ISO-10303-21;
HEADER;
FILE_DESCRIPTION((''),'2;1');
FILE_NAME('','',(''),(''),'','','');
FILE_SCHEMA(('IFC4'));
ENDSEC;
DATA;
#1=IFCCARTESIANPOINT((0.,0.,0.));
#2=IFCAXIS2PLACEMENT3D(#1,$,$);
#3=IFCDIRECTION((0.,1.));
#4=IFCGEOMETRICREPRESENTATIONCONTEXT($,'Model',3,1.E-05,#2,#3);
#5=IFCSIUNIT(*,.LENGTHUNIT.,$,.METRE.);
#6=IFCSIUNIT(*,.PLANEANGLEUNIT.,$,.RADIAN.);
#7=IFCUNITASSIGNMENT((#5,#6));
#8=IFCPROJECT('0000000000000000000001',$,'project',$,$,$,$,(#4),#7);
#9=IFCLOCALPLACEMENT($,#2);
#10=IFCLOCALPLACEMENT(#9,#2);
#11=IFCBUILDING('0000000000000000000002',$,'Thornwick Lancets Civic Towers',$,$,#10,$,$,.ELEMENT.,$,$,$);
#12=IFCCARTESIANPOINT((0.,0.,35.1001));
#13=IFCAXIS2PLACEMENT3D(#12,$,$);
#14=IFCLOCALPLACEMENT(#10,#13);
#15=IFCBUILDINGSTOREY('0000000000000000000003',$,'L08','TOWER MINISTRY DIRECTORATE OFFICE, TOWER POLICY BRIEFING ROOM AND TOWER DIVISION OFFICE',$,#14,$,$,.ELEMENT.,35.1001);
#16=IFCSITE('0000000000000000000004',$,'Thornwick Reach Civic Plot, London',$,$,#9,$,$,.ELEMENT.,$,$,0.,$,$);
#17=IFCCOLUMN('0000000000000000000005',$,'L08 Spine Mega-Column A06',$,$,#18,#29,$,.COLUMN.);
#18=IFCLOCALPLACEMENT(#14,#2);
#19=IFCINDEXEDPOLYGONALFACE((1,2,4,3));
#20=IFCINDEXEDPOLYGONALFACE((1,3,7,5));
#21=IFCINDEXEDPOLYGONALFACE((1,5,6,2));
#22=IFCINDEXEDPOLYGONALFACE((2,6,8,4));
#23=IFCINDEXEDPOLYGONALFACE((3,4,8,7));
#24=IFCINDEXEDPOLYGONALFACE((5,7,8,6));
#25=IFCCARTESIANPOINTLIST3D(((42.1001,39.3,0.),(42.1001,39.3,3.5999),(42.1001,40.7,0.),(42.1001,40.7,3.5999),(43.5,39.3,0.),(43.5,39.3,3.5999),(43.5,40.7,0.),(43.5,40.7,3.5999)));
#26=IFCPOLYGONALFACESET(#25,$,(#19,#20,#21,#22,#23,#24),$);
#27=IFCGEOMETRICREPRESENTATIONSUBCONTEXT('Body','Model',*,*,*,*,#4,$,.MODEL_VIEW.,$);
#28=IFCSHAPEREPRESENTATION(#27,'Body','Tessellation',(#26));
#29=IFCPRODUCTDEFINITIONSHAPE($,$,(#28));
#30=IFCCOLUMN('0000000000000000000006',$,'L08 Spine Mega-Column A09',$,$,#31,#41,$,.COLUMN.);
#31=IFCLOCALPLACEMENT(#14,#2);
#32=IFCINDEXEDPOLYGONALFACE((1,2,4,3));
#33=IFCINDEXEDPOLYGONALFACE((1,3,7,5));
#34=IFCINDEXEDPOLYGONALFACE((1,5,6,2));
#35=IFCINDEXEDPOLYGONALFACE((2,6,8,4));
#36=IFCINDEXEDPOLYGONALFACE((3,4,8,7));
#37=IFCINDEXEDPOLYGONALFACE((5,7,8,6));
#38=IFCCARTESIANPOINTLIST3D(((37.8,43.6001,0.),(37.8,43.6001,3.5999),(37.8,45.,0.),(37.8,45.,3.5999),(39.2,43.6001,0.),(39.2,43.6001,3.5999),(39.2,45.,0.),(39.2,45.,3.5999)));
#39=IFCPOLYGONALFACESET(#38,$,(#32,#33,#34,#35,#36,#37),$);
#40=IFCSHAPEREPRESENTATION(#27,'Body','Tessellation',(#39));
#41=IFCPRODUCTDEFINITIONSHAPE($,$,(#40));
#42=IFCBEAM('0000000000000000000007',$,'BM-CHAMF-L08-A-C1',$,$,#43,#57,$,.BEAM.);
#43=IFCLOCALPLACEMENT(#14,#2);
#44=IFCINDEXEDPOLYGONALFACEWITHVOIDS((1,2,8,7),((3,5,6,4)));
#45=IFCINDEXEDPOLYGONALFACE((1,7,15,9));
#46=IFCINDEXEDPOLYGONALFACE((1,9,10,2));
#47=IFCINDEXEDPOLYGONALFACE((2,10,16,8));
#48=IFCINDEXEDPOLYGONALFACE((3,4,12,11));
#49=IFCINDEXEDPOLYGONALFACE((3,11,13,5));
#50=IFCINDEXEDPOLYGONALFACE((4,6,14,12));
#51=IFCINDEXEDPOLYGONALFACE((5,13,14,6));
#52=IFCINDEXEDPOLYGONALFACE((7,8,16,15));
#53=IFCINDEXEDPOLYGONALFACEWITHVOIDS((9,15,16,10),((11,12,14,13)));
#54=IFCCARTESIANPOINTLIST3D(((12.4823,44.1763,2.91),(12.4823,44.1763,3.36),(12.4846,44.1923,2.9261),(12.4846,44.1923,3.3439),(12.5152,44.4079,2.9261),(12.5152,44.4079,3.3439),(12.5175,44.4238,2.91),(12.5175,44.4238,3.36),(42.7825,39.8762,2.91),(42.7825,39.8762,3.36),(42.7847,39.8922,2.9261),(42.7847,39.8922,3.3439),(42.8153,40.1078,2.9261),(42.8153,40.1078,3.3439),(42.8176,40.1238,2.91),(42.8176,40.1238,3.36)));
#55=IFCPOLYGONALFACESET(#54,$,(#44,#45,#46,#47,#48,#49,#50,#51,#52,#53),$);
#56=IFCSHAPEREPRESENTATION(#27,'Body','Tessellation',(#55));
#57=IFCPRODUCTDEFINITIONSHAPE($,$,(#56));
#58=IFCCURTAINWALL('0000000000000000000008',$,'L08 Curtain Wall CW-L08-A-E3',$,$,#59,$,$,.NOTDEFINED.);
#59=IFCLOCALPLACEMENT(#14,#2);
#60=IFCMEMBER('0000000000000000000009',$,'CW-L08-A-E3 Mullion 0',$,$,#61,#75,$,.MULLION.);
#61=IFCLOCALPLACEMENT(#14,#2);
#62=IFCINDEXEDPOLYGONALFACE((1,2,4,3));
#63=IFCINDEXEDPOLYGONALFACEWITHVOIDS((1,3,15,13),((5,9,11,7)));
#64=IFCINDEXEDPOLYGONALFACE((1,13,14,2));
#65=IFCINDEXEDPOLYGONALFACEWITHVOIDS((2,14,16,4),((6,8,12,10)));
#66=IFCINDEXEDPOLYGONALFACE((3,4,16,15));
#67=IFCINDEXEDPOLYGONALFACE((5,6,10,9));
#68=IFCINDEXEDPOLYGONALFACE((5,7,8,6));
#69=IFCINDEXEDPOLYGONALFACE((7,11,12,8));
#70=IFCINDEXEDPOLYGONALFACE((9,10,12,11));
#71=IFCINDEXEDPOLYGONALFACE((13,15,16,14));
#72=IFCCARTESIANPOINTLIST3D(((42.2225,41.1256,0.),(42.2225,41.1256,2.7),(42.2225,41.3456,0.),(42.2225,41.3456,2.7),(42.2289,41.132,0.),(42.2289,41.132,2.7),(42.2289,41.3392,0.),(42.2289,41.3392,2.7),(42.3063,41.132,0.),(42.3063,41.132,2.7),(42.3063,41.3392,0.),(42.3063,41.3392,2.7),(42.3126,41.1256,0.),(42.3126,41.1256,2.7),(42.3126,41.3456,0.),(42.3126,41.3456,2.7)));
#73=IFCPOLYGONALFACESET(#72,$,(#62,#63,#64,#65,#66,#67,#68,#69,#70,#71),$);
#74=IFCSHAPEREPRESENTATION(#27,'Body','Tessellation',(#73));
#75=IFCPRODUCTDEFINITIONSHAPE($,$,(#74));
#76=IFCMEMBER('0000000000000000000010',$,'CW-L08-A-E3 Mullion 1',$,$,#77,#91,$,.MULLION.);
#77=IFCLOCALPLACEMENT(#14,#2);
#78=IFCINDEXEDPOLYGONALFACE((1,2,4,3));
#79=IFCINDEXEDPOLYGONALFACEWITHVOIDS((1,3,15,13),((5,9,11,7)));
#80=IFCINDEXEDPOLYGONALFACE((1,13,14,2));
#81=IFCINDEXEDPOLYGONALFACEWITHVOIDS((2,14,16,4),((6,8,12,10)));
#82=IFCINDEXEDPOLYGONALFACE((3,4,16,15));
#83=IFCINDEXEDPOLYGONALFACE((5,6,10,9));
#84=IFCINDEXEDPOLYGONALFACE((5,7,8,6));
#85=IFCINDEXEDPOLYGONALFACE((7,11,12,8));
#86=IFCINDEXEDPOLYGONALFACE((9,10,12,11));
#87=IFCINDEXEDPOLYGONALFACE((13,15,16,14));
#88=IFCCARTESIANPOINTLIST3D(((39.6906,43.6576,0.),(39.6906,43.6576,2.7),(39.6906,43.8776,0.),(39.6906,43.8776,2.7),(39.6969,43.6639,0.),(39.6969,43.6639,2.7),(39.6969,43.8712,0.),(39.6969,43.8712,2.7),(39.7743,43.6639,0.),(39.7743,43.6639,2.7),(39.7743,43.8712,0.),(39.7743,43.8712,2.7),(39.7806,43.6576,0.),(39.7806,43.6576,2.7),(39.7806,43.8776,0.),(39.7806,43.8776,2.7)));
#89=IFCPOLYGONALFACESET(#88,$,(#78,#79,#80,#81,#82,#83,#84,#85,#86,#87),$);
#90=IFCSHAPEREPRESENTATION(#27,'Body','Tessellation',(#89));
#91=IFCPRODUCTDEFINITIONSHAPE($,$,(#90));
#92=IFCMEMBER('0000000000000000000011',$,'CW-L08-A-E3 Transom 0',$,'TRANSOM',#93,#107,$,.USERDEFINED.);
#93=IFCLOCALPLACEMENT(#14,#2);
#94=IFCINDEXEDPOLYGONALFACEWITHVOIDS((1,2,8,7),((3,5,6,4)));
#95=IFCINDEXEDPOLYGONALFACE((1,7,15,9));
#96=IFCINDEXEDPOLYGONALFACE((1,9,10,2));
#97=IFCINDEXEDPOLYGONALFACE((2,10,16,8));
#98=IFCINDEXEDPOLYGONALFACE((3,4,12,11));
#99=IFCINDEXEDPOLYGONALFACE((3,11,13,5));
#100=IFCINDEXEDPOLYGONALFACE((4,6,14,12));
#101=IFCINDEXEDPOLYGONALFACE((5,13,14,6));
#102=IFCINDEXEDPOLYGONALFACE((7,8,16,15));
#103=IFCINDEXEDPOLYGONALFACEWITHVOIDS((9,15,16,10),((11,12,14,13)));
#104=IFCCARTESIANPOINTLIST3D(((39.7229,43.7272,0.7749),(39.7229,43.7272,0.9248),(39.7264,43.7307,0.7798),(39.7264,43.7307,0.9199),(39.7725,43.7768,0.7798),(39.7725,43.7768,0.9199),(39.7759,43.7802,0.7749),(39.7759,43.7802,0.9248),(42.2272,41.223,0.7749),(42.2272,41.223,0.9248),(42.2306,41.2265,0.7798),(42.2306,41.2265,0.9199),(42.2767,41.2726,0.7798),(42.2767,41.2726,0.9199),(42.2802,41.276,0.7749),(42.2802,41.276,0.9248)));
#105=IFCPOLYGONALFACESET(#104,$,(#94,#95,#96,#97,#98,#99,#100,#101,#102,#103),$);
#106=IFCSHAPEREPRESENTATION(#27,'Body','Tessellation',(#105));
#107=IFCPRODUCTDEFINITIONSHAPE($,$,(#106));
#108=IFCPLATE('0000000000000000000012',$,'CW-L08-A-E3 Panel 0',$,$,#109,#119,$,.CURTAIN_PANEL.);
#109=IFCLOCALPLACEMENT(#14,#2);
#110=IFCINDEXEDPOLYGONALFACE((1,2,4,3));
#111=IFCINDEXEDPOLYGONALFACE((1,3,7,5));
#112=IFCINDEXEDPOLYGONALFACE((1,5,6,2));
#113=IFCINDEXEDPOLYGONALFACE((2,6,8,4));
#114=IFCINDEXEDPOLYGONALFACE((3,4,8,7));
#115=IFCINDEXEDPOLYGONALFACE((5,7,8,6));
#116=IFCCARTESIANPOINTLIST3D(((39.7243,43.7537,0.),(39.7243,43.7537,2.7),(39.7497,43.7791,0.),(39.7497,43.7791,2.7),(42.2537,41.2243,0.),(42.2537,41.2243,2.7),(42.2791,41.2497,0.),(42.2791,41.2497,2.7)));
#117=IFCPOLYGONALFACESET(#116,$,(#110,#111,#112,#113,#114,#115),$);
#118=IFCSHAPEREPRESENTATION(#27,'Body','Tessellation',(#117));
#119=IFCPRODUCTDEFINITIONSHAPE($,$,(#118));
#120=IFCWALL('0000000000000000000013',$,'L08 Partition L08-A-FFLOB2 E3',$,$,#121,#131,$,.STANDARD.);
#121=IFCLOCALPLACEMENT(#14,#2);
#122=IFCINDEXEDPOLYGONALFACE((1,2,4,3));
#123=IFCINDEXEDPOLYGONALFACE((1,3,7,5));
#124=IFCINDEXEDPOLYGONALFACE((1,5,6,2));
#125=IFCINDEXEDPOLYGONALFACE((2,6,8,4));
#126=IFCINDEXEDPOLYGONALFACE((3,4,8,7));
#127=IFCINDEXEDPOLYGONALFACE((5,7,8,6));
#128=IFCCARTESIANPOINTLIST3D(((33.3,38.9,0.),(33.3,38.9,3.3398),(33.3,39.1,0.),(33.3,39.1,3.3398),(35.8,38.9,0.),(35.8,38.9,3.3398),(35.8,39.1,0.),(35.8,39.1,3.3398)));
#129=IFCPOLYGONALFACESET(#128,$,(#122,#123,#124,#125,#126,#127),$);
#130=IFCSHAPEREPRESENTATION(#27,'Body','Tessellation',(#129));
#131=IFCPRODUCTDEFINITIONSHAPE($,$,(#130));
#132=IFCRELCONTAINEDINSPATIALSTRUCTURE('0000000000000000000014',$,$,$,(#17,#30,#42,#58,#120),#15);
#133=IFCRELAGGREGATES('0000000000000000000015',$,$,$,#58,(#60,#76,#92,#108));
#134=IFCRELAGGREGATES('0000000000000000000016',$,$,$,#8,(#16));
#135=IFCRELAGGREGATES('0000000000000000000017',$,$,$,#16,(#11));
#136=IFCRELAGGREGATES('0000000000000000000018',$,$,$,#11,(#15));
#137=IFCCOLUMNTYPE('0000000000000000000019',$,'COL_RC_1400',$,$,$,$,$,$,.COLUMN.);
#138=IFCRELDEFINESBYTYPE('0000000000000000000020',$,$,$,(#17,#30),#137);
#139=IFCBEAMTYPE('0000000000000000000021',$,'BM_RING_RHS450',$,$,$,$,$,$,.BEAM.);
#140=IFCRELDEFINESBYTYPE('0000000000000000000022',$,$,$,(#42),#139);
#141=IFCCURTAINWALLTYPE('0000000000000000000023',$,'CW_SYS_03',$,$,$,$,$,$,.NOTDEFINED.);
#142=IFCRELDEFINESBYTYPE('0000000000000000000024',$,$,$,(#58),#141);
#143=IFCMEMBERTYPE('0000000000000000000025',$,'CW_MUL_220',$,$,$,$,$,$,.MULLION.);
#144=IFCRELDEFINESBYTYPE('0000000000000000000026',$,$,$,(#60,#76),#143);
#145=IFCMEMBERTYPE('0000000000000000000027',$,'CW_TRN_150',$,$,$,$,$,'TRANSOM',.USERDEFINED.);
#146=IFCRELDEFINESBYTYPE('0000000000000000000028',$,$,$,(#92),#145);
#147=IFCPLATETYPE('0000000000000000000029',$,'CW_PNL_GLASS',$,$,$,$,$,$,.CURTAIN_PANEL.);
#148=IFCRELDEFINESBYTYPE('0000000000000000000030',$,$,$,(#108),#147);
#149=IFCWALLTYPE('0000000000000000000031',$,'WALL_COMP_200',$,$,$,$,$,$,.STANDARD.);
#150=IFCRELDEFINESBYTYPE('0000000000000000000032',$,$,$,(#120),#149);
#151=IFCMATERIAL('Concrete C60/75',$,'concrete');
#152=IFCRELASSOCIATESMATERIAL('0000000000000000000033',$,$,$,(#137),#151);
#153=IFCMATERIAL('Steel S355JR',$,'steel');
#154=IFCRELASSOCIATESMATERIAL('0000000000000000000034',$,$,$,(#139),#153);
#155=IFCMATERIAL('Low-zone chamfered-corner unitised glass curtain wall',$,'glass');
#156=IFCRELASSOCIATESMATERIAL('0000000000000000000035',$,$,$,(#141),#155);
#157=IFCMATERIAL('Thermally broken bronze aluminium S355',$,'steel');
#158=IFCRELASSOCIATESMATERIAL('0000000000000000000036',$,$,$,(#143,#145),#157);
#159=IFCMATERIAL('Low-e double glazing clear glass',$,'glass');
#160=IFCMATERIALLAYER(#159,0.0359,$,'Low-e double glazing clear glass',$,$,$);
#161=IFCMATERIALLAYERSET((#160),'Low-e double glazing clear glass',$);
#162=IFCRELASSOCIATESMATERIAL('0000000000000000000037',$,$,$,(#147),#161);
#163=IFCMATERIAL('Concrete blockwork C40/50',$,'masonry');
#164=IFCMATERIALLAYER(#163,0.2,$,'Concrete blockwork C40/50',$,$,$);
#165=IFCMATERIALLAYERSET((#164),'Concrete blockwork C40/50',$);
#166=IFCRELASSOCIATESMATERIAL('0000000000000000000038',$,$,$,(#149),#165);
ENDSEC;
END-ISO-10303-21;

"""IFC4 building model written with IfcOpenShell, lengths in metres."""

from ifc_helpers import new_model, si_unit, direction, frame, frame_2d, origin, origin_2d, place, context, subcontext, project, spatial, rectangle, hollow_rectangle, extrude, material, layer, layer_set, material_profile, profile_set, type_object, element, aggregate, save


model = new_model("IFC4")

# Units and contexts
model_context = context("Model", 3, precision=1e-05, world=origin(), true_north=direction((0.0, 1.0)))
body_context = subcontext(model_context, "Body", "Model", "MODEL_VIEW")
ifc_project = project(units=[si_unit("LENGTHUNIT", "METRE"), si_unit("PLANEANGLEUNIT", "RADIAN")], contexts=[model_context])

# Site, building, storey
site_placement = place(None, origin())
site = spatial("IfcSite", under=ifc_project, at=site_placement, Name="Thornwick Reach Civic Plot, London", CompositionType="ELEMENT", RefElevation=0.0)
building_placement = place(site_placement, origin())
building = spatial("IfcBuilding", under=site, at=building_placement, Name="Thornwick Lancets Civic Towers", CompositionType="ELEMENT")
storey_placement = place(building_placement, frame((0.0, 0.0, 35.1001)))
storey = spatial("IfcBuildingStorey", under=building, at=storey_placement, Name="L08", Description="TOWER MINISTRY DIRECTORATE OFFICE, TOWER POLICY BRIEFING ROOM AND TOWER DIVISION OFFICE", CompositionType="ELEMENT", Elevation=35.1001)

# Columns
ifc_material_1 = material(Name="Concrete C60/75", Category="concrete")
ifc_material_profile_1 = material_profile(ifc_material_1, rectangle(XDim=1.3999, YDim=1.3999, at=origin_2d()), Name="RC 1400x1400")
ifc_profile_set_1 = profile_set([ifc_material_profile_1], Name="Concrete C60/75")
column_type = type_object("IfcColumnType", Name="COL_RC_1400", PredefinedType="COLUMN", material=ifc_profile_set_1)
for number, where, z_axis, x_axis, name in (
    (1, (42.8, 40.0, 0.0), (0.0, 0.0, 1.0), (1.0, 0.0, 0.0), "L08 Spine Mega-Column A06"),
    (2, (38.5, 44.3, 0.0), (0.0, 0.0, 1.0), (1.0, 0.0, 0.0), "L08 Spine Mega-Column A09"),
):
    element("IfcColumn", number, at=place(storey_placement, frame(where, z_axis=z_axis, x_axis=x_axis)), inside=storey, type_object=column_type, Name=name, PredefinedType="COLUMN", context=body_context, shape_type="SweptSolid", body=[
        extrude(rectangle(XDim=1.3999, YDim=1.3999, at=origin_2d()), origin(), (0.0, 0.0, 1.0), 3.5999),
    ])

# Beam
ifc_material_2 = material(Name="Steel S355JR", Category="steel")
ifc_material_profile_2 = material_profile(ifc_material_2, hollow_rectangle(XDim=0.25, YDim=0.45, WallThickness=0.0161, at=origin_2d()), Name="RHS 450x250x16")
ifc_profile_set_2 = profile_set([ifc_material_profile_2], Name="Steel S355JR")
beam_type = type_object("IfcBeamType", Name="BM_RING_RHS450", PredefinedType="BEAM", material=ifc_profile_set_2)
beam_placement = place(storey_placement, frame((42.8, 40.0, 3.135), z_axis=(-0.99008, 0.140508, 0.0), x_axis=(-0.140508, -0.99008, 0.0)))
element("IfcBeam", 3, at=beam_placement, inside=storey, type_object=beam_type, Name="BM-CHAMF-L08-A-C1", PredefinedType="BEAM", context=body_context, shape_type="SweptSolid", body=[
    extrude(hollow_rectangle(XDim=0.25, YDim=0.45, WallThickness=0.0161, at=origin_2d()), origin(), (0.0, 0.0, 1.0), 30.6038),
])

# Curtain wall, members, plate
ifc_material_3 = material(Name="Low-zone chamfered-corner unitised glass curtain wall", Category="glass")
curtain_wall_type = type_object("IfcCurtainWallType", Name="CW_SYS_03", PredefinedType="NOTDEFINED", material=ifc_material_3)
curtain_wall_placement = place(storey_placement, origin())
curtain_wall = element("IfcCurtainWall", 4, at=curtain_wall_placement, inside=storey, type_object=curtain_wall_type, Name="L08 Curtain Wall CW-L08-A-E3", PredefinedType="NOTDEFINED")
ifc_material_4 = material(Name="Thermally broken bronze aluminium S355", Category="steel")
ifc_material_profile_3 = material_profile(ifc_material_4, hollow_rectangle(XDim=0.0901, YDim=0.22, WallThickness=0.0063, at=origin_2d()), Name="RHS 220x90x6.3")
ifc_profile_set_3 = profile_set([ifc_material_profile_3], Name="Thermally broken bronze aluminium S355")
member_type_1 = type_object("IfcMemberType", Name="CW_MUL_220", PredefinedType="MULLION", material=ifc_profile_set_3)
member_1_placement = place(storey_placement, frame((42.2676, 41.2356, 0.0), z_axis=(0.0, 0.0, 1.0), x_axis=(1.0, 0.0, 0.0)))
member_1 = element("IfcMember", 5, at=member_1_placement, type_object=member_type_1, Name="CW-L08-A-E3 Mullion 0", PredefinedType="MULLION", context=body_context, shape_type="SweptSolid", body=[
    extrude(hollow_rectangle(XDim=0.0901, YDim=0.22, WallThickness=0.0063, at=origin_2d()), origin(), (0.0, 0.0, 1.0), 2.7),
])
member_2_placement = place(storey_placement, frame((39.7356, 43.7676, 0.0), z_axis=(0.0, 0.0, 1.0), x_axis=(1.0, 0.0, 0.0)))
member_2 = element("IfcMember", 6, at=member_2_placement, type_object=member_type_1, Name="CW-L08-A-E3 Mullion 1", PredefinedType="MULLION", context=body_context, shape_type="SweptSolid", body=[
    extrude(hollow_rectangle(XDim=0.0901, YDim=0.22, WallThickness=0.0063, at=origin_2d()), origin(), (0.0, 0.0, 1.0), 2.7),
])
ifc_material_profile_4 = material_profile(ifc_material_4, hollow_rectangle(XDim=0.075, YDim=0.1499, WallThickness=0.0049, at=origin_2d()), Name="RHS 150x75x5")
ifc_profile_set_4 = profile_set([ifc_material_profile_4], Name="Thermally broken bronze aluminium S355")
member_type_2 = type_object("IfcMemberType", Name="CW_TRN_150", ElementType="TRANSOM", PredefinedType="USERDEFINED", material=ifc_profile_set_4)
member_3_placement = place(storey_placement, frame((42.2537, 41.2495, 0.8499), z_axis=(-0.707107, 0.707107, 0.0), x_axis=(-0.707107, -0.707107, 0.0)))
member_3 = element("IfcMember", 7, at=member_3_placement, type_object=member_type_2, Name="CW-L08-A-E3 Transom 0", ObjectType="TRANSOM", PredefinedType="USERDEFINED", context=body_context, shape_type="SweptSolid", body=[
    extrude(hollow_rectangle(XDim=0.075, YDim=0.1499, WallThickness=0.0049, at=origin_2d()), origin(), (0.0, 0.0, 1.0), 3.5415),
])
ifc_material_5 = material(Name="Low-e double glazing clear glass", Category="glass")
ifc_layer_1 = layer(ifc_material_5, 0.0359, Name="Low-e double glazing clear glass")
ifc_layer_set_1 = layer_set([ifc_layer_1], Name="Low-e double glazing clear glass")
plate_type = type_object("IfcPlateType", Name="CW_PNL_GLASS", PredefinedType="CURTAIN_PANEL", material=ifc_layer_set_1)
plate_placement = place(storey_placement, frame((41.0017, 42.5017, 0.0), z_axis=(0.0, 0.0, 1.0), x_axis=(-0.707107, 0.707107, 0.0)))
plate = element("IfcPlate", 8, at=plate_placement, type_object=plate_type, Name="CW-L08-A-E3 Panel 0", PredefinedType="CURTAIN_PANEL", context=body_context, shape_type="SweptSolid", body=[
    extrude(rectangle(XDim=3.5771, YDim=0.0359, at=origin_2d()), origin(), (0.0, 0.0, 1.0), 2.7),
])
aggregate(curtain_wall, [member_1, member_2, member_3, plate])

# Wall
ifc_material_6 = material(Name="Concrete blockwork C40/50", Category="masonry")
ifc_layer_2 = layer(ifc_material_6, 0.2, Name="Concrete blockwork C40/50")
ifc_layer_set_2 = layer_set([ifc_layer_2], Name="Concrete blockwork C40/50")
wall_type_1 = type_object("IfcWallType", Name="WALL_COMP_200", PredefinedType="STANDARD", material=ifc_layer_set_2)
wall_1_placement = place(storey_placement, frame((35.8, 39.0, 0.0), z_axis=(0.0, 0.0, 1.0), x_axis=(-1.0, 0.0, 0.0)))
element("IfcWall", 9, at=wall_1_placement, inside=storey, type_object=wall_type_1, Name="L08 Partition L08-A-FFLOB2 E3", PredefinedType="STANDARD", context=body_context, shape_type="SweptSolid", body=[
    extrude(rectangle(XDim=2.5, YDim=0.2, at=frame_2d((1.25, 0.0))), origin(), (0.0, 0.0, 1.0), 3.3398),
])

save(model, "model.ifc")
